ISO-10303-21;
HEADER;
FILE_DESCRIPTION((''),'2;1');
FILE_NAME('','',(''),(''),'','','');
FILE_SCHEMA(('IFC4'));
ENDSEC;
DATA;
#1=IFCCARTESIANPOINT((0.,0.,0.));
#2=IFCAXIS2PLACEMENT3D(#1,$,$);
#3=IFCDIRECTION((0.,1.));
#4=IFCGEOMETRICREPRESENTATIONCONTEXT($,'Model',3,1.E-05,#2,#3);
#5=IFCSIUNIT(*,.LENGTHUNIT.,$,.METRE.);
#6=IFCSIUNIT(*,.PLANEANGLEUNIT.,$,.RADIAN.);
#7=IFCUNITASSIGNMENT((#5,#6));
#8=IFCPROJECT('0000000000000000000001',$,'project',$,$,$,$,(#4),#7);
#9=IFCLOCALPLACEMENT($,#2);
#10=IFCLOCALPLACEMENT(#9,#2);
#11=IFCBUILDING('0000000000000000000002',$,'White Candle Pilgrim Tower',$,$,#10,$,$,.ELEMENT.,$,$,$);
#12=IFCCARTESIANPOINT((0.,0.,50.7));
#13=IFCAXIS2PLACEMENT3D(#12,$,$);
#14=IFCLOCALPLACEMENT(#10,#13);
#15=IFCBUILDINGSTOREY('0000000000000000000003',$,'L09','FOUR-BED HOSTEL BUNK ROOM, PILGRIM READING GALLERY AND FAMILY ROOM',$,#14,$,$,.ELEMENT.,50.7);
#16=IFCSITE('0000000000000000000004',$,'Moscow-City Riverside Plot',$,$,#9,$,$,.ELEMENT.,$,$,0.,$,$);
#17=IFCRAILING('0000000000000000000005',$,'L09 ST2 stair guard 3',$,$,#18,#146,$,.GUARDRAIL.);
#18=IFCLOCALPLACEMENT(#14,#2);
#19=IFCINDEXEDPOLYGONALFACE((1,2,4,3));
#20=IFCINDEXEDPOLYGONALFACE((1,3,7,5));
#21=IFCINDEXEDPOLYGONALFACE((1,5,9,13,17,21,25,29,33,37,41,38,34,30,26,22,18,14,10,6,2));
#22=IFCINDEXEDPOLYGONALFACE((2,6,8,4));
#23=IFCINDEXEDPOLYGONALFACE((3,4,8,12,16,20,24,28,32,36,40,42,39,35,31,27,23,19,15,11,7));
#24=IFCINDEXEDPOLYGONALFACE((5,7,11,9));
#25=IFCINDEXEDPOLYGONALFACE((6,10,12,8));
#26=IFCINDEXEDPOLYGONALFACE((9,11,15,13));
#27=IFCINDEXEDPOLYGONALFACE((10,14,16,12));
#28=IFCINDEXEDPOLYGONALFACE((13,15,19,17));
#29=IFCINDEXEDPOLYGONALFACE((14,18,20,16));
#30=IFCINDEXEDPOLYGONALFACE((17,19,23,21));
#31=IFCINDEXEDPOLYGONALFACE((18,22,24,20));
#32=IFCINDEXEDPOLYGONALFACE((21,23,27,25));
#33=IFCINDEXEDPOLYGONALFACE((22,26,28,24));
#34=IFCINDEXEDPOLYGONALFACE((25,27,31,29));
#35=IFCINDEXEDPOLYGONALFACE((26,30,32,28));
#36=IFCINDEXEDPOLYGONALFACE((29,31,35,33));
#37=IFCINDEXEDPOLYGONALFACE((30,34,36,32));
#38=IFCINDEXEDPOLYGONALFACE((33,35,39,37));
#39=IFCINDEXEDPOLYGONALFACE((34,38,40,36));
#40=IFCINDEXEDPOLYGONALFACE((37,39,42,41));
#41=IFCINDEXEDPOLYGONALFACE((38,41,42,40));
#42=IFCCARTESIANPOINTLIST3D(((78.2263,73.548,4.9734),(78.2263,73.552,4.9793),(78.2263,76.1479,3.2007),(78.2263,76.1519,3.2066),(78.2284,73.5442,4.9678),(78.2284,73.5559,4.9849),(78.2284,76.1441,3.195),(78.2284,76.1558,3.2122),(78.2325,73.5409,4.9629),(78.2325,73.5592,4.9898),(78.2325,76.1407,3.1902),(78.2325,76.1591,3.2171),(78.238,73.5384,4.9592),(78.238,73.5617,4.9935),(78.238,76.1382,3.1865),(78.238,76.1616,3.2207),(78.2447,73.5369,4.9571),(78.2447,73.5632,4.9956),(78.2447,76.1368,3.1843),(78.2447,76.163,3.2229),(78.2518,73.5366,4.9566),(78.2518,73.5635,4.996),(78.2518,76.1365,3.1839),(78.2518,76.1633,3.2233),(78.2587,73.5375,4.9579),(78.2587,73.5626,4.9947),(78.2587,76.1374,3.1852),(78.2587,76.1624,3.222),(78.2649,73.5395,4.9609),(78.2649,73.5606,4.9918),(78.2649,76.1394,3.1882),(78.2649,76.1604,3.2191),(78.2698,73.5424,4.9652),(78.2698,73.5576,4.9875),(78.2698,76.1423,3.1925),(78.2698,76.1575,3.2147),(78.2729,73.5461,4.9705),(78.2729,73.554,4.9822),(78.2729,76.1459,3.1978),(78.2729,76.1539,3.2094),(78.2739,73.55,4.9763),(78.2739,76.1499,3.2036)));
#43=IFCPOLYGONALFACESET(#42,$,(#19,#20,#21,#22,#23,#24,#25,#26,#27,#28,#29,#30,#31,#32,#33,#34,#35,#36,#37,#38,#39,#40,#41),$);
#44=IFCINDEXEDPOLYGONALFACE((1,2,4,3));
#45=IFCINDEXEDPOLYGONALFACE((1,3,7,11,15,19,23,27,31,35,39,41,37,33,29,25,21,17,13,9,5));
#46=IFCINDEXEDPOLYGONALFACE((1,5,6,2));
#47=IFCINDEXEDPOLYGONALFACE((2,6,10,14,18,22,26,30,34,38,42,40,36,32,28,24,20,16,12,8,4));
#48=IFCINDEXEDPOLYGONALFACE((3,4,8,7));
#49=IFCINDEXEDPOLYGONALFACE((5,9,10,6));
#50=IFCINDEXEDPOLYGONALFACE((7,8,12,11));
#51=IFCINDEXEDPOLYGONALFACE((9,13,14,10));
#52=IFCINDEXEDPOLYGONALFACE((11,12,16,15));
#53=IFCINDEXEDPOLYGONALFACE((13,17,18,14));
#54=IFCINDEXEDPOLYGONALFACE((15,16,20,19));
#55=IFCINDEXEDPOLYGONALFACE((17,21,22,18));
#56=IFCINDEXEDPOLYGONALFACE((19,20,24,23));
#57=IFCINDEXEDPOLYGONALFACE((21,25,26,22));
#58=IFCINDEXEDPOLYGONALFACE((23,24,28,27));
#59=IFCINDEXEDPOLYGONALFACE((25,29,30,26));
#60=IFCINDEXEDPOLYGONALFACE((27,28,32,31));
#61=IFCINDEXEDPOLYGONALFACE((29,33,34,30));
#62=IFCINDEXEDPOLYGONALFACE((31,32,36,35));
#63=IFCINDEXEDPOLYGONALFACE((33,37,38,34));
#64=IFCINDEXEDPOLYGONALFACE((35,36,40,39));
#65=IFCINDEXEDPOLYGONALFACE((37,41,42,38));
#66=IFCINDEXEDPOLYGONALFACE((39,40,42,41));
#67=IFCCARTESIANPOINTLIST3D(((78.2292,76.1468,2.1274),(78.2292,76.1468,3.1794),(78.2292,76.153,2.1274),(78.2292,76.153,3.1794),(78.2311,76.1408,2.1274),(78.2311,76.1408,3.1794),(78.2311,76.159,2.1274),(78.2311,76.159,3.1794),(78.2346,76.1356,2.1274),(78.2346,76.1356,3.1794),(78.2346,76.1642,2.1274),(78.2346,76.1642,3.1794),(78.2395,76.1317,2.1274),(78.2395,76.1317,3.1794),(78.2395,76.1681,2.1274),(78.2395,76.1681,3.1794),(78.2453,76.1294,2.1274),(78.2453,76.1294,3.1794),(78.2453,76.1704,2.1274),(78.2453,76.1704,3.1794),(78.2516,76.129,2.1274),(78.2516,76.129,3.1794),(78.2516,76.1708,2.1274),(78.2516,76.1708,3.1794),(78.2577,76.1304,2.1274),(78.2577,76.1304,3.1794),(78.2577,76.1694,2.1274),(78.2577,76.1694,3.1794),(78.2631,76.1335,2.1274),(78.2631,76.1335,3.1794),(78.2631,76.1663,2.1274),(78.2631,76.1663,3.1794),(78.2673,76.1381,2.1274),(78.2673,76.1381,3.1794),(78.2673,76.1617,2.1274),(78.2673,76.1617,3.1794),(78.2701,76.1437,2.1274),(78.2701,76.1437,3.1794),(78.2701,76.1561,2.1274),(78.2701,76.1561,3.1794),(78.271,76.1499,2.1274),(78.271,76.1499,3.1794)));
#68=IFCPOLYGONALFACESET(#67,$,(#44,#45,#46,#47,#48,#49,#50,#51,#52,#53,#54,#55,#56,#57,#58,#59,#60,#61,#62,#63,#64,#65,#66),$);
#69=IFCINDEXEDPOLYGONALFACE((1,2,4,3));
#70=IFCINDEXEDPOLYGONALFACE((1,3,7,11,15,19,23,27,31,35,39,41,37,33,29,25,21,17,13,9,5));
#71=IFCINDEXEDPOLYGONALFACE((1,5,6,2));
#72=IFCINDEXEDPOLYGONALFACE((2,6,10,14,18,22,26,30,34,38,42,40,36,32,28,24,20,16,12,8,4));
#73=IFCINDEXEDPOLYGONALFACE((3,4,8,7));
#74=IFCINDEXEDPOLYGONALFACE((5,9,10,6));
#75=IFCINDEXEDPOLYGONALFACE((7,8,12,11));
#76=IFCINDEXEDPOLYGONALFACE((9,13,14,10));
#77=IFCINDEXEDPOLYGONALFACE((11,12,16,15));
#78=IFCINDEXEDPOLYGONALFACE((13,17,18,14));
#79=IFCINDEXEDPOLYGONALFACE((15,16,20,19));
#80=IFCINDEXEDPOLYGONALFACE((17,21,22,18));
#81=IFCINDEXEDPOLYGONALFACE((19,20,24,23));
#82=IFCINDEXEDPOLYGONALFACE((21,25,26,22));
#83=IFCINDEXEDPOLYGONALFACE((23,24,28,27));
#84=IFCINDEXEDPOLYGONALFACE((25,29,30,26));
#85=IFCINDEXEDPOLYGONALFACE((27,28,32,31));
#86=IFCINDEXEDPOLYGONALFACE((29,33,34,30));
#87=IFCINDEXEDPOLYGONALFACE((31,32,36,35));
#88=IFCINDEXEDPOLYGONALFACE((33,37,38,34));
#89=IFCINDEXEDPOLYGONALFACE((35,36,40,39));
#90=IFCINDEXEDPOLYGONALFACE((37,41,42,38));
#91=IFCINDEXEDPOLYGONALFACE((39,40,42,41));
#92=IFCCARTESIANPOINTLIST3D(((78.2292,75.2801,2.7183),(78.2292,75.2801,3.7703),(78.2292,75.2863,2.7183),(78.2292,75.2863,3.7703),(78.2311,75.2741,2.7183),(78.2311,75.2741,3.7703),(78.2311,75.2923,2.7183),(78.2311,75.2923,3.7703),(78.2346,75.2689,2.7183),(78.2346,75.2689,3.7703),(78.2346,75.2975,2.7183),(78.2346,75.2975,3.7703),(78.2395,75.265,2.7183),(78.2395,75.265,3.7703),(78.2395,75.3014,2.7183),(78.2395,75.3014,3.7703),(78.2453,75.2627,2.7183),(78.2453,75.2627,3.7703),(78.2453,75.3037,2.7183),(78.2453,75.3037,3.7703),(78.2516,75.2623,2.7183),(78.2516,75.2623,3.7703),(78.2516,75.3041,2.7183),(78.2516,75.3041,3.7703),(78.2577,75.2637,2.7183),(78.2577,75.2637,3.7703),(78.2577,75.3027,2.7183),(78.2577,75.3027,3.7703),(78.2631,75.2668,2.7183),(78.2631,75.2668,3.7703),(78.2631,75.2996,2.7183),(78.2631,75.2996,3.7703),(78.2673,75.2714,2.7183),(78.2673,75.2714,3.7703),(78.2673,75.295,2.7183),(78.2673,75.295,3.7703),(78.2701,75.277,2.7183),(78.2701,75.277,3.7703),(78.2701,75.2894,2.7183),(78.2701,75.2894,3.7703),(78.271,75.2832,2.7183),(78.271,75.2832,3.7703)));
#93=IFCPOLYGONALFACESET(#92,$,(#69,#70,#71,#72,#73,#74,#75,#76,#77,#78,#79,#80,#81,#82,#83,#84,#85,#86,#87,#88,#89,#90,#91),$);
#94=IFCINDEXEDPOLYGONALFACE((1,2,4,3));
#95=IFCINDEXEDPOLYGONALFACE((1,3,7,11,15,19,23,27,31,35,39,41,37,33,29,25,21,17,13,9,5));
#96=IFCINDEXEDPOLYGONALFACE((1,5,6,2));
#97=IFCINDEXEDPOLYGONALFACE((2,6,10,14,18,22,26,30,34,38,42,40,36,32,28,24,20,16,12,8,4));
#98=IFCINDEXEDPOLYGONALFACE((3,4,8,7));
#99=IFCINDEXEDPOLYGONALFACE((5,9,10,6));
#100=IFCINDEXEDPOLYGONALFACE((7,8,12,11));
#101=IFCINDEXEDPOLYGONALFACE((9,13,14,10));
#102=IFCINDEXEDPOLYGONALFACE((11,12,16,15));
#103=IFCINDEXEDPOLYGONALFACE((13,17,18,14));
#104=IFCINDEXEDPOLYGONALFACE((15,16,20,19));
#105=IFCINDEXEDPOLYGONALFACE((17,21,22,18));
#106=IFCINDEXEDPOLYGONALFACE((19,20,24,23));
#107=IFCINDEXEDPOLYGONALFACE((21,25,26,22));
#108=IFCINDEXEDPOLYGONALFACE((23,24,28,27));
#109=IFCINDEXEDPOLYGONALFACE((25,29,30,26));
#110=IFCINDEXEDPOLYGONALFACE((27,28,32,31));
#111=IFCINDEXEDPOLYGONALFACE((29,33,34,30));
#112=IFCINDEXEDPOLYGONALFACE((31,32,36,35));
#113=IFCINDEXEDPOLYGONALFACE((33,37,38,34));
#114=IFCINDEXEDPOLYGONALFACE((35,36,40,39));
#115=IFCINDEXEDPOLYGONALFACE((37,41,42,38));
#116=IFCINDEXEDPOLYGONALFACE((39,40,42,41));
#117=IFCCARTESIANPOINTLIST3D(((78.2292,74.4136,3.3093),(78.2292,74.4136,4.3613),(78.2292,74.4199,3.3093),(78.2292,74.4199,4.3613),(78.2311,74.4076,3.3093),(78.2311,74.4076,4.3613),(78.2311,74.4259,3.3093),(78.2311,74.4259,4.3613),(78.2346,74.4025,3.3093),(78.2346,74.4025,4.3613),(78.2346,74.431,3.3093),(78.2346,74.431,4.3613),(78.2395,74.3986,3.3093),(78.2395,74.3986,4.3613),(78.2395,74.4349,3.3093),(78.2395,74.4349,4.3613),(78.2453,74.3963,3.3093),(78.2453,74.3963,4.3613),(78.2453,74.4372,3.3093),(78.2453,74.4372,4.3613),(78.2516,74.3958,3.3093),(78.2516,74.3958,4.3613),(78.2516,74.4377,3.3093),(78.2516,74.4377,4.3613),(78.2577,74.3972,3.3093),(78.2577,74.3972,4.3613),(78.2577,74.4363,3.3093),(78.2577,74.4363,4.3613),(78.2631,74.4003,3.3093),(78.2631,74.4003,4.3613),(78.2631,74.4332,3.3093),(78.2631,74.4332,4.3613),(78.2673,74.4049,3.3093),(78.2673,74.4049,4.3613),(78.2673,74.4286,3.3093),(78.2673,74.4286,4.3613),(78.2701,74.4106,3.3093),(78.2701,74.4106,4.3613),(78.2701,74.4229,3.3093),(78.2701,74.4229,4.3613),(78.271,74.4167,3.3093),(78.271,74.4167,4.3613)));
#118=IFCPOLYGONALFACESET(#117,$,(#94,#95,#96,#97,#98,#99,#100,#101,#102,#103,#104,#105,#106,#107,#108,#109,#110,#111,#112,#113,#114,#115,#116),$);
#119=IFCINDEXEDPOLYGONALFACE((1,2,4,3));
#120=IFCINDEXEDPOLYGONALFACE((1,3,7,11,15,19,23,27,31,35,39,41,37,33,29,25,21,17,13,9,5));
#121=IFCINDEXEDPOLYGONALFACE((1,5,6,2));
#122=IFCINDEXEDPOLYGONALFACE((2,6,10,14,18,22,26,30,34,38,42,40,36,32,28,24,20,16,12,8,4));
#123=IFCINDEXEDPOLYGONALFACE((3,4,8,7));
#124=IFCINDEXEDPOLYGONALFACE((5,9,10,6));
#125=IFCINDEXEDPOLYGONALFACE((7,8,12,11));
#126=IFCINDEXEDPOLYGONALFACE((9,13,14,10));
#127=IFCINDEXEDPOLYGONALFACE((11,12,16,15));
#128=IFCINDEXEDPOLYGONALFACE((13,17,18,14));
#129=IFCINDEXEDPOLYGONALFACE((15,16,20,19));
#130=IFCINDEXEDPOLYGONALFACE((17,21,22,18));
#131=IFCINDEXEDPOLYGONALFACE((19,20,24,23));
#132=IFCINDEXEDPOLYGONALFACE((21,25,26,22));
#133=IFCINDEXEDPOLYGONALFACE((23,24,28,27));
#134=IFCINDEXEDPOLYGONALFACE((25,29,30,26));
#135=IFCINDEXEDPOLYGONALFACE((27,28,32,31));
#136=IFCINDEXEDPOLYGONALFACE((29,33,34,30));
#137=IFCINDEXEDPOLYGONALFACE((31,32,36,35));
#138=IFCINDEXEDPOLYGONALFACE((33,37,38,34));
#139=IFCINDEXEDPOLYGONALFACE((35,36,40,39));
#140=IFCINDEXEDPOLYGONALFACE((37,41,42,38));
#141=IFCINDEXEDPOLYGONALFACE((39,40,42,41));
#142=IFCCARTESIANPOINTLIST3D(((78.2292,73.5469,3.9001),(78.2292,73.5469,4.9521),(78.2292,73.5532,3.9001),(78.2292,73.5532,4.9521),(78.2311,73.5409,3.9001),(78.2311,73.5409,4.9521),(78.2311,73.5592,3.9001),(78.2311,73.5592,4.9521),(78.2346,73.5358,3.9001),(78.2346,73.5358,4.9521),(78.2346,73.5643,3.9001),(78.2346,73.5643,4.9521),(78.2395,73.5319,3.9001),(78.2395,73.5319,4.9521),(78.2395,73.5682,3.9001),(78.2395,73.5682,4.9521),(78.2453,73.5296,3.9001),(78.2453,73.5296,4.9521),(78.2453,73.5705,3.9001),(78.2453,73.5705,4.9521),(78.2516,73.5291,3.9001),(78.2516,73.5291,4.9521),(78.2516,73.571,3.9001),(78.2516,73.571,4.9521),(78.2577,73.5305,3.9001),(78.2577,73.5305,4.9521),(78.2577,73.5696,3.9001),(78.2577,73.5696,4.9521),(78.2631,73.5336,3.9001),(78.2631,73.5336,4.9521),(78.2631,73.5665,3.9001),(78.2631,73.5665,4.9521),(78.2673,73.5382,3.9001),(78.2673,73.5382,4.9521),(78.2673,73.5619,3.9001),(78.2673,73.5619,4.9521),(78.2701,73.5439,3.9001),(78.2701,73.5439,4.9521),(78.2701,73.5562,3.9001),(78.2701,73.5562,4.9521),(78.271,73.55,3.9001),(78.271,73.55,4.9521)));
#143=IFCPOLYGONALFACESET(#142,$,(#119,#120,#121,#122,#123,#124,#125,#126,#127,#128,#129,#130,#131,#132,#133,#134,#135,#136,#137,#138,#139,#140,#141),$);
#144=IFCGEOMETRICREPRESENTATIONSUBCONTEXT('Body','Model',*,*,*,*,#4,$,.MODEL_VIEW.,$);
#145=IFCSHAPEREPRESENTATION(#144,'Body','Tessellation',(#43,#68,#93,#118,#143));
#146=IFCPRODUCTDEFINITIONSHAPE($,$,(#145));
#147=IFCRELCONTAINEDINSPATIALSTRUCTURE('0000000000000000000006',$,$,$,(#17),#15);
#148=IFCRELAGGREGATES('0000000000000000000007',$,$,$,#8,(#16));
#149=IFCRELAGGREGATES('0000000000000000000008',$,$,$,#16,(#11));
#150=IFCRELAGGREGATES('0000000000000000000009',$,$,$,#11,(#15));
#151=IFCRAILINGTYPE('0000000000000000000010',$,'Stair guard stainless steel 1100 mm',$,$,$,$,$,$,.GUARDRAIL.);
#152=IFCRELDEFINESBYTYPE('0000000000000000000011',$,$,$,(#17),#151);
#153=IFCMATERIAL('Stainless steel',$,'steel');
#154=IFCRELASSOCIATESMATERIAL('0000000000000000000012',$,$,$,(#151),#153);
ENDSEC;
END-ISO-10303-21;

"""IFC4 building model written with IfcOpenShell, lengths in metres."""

from ifc_helpers import new_model, si_unit, direction, frame, origin, origin_2d, place, context, subcontext, project, spatial, circle, extrude, material, type_object, element, save


model = new_model("IFC4")

# Units and contexts
model_context = context("Model", 3, precision=1e-05, world=origin(), true_north=direction((0.0, 1.0)))
body_context = subcontext(model_context, "Body", "Model", "MODEL_VIEW")
ifc_project = project(units=[si_unit("LENGTHUNIT", "METRE"), si_unit("PLANEANGLEUNIT", "RADIAN")], contexts=[model_context])

# Site, building, storey
site_placement = place(None, origin())
site = spatial("IfcSite", under=ifc_project, at=site_placement, Name="Moscow-City Riverside Plot", CompositionType="ELEMENT", RefElevation=0.0)
building_placement = place(site_placement, origin())
building = spatial("IfcBuilding", under=site, at=building_placement, Name="White Candle Pilgrim Tower", CompositionType="ELEMENT")
storey_placement = place(building_placement, frame((0.0, 0.0, 50.7)))
storey = spatial("IfcBuildingStorey", under=building, at=storey_placement, Name="L09", Description="FOUR-BED HOSTEL BUNK ROOM, PILGRIM READING GALLERY AND FAMILY ROOM", CompositionType="ELEMENT", Elevation=50.7)

# Railing
ifc_material_1 = material(Name="Stainless steel", Category="steel")
railing_type = type_object("IfcRailingType", Name="Stair guard stainless steel 1100 mm", PredefinedType="GUARDRAIL", material=ifc_material_1)
railing_1_placement = place(storey_placement, frame((78.25, 76.1499, 2.1274)))
element("IfcRailing", 1, at=railing_1_placement, inside=storey, type_object=railing_type, Name="L09 ST2 stair guard 3", PredefinedType="GUARDRAIL", context=body_context, shape_type="SweptSolid", body=[
    extrude(circle(Radius=0.0239, at=origin_2d()), frame((0.0, 0.0, 1.0762), z_axis=(0.0, -0.826216, 0.563354), x_axis=(1.0, 0.0, 0.0)), (0.0, 0.0, 1.0), 3.1467),
    extrude(circle(Radius=0.021, at=origin_2d()), origin(), (0.0, 0.0, 1.0), 1.052),
    extrude(circle(Radius=0.021, at=origin_2d()), frame((0.0, -0.8667, 0.5908)), (0.0, 0.0, 1.0), 1.052),
    extrude(circle(Radius=0.021, at=origin_2d()), frame((0.0, -1.7332, 1.1819)), (0.0, 0.0, 1.0), 1.052),
    extrude(circle(Radius=0.021, at=origin_2d()), frame((0.0, -2.5999, 1.7727)), (0.0, 0.0, 1.0), 1.052),
])

save(model, "model.ifc")
